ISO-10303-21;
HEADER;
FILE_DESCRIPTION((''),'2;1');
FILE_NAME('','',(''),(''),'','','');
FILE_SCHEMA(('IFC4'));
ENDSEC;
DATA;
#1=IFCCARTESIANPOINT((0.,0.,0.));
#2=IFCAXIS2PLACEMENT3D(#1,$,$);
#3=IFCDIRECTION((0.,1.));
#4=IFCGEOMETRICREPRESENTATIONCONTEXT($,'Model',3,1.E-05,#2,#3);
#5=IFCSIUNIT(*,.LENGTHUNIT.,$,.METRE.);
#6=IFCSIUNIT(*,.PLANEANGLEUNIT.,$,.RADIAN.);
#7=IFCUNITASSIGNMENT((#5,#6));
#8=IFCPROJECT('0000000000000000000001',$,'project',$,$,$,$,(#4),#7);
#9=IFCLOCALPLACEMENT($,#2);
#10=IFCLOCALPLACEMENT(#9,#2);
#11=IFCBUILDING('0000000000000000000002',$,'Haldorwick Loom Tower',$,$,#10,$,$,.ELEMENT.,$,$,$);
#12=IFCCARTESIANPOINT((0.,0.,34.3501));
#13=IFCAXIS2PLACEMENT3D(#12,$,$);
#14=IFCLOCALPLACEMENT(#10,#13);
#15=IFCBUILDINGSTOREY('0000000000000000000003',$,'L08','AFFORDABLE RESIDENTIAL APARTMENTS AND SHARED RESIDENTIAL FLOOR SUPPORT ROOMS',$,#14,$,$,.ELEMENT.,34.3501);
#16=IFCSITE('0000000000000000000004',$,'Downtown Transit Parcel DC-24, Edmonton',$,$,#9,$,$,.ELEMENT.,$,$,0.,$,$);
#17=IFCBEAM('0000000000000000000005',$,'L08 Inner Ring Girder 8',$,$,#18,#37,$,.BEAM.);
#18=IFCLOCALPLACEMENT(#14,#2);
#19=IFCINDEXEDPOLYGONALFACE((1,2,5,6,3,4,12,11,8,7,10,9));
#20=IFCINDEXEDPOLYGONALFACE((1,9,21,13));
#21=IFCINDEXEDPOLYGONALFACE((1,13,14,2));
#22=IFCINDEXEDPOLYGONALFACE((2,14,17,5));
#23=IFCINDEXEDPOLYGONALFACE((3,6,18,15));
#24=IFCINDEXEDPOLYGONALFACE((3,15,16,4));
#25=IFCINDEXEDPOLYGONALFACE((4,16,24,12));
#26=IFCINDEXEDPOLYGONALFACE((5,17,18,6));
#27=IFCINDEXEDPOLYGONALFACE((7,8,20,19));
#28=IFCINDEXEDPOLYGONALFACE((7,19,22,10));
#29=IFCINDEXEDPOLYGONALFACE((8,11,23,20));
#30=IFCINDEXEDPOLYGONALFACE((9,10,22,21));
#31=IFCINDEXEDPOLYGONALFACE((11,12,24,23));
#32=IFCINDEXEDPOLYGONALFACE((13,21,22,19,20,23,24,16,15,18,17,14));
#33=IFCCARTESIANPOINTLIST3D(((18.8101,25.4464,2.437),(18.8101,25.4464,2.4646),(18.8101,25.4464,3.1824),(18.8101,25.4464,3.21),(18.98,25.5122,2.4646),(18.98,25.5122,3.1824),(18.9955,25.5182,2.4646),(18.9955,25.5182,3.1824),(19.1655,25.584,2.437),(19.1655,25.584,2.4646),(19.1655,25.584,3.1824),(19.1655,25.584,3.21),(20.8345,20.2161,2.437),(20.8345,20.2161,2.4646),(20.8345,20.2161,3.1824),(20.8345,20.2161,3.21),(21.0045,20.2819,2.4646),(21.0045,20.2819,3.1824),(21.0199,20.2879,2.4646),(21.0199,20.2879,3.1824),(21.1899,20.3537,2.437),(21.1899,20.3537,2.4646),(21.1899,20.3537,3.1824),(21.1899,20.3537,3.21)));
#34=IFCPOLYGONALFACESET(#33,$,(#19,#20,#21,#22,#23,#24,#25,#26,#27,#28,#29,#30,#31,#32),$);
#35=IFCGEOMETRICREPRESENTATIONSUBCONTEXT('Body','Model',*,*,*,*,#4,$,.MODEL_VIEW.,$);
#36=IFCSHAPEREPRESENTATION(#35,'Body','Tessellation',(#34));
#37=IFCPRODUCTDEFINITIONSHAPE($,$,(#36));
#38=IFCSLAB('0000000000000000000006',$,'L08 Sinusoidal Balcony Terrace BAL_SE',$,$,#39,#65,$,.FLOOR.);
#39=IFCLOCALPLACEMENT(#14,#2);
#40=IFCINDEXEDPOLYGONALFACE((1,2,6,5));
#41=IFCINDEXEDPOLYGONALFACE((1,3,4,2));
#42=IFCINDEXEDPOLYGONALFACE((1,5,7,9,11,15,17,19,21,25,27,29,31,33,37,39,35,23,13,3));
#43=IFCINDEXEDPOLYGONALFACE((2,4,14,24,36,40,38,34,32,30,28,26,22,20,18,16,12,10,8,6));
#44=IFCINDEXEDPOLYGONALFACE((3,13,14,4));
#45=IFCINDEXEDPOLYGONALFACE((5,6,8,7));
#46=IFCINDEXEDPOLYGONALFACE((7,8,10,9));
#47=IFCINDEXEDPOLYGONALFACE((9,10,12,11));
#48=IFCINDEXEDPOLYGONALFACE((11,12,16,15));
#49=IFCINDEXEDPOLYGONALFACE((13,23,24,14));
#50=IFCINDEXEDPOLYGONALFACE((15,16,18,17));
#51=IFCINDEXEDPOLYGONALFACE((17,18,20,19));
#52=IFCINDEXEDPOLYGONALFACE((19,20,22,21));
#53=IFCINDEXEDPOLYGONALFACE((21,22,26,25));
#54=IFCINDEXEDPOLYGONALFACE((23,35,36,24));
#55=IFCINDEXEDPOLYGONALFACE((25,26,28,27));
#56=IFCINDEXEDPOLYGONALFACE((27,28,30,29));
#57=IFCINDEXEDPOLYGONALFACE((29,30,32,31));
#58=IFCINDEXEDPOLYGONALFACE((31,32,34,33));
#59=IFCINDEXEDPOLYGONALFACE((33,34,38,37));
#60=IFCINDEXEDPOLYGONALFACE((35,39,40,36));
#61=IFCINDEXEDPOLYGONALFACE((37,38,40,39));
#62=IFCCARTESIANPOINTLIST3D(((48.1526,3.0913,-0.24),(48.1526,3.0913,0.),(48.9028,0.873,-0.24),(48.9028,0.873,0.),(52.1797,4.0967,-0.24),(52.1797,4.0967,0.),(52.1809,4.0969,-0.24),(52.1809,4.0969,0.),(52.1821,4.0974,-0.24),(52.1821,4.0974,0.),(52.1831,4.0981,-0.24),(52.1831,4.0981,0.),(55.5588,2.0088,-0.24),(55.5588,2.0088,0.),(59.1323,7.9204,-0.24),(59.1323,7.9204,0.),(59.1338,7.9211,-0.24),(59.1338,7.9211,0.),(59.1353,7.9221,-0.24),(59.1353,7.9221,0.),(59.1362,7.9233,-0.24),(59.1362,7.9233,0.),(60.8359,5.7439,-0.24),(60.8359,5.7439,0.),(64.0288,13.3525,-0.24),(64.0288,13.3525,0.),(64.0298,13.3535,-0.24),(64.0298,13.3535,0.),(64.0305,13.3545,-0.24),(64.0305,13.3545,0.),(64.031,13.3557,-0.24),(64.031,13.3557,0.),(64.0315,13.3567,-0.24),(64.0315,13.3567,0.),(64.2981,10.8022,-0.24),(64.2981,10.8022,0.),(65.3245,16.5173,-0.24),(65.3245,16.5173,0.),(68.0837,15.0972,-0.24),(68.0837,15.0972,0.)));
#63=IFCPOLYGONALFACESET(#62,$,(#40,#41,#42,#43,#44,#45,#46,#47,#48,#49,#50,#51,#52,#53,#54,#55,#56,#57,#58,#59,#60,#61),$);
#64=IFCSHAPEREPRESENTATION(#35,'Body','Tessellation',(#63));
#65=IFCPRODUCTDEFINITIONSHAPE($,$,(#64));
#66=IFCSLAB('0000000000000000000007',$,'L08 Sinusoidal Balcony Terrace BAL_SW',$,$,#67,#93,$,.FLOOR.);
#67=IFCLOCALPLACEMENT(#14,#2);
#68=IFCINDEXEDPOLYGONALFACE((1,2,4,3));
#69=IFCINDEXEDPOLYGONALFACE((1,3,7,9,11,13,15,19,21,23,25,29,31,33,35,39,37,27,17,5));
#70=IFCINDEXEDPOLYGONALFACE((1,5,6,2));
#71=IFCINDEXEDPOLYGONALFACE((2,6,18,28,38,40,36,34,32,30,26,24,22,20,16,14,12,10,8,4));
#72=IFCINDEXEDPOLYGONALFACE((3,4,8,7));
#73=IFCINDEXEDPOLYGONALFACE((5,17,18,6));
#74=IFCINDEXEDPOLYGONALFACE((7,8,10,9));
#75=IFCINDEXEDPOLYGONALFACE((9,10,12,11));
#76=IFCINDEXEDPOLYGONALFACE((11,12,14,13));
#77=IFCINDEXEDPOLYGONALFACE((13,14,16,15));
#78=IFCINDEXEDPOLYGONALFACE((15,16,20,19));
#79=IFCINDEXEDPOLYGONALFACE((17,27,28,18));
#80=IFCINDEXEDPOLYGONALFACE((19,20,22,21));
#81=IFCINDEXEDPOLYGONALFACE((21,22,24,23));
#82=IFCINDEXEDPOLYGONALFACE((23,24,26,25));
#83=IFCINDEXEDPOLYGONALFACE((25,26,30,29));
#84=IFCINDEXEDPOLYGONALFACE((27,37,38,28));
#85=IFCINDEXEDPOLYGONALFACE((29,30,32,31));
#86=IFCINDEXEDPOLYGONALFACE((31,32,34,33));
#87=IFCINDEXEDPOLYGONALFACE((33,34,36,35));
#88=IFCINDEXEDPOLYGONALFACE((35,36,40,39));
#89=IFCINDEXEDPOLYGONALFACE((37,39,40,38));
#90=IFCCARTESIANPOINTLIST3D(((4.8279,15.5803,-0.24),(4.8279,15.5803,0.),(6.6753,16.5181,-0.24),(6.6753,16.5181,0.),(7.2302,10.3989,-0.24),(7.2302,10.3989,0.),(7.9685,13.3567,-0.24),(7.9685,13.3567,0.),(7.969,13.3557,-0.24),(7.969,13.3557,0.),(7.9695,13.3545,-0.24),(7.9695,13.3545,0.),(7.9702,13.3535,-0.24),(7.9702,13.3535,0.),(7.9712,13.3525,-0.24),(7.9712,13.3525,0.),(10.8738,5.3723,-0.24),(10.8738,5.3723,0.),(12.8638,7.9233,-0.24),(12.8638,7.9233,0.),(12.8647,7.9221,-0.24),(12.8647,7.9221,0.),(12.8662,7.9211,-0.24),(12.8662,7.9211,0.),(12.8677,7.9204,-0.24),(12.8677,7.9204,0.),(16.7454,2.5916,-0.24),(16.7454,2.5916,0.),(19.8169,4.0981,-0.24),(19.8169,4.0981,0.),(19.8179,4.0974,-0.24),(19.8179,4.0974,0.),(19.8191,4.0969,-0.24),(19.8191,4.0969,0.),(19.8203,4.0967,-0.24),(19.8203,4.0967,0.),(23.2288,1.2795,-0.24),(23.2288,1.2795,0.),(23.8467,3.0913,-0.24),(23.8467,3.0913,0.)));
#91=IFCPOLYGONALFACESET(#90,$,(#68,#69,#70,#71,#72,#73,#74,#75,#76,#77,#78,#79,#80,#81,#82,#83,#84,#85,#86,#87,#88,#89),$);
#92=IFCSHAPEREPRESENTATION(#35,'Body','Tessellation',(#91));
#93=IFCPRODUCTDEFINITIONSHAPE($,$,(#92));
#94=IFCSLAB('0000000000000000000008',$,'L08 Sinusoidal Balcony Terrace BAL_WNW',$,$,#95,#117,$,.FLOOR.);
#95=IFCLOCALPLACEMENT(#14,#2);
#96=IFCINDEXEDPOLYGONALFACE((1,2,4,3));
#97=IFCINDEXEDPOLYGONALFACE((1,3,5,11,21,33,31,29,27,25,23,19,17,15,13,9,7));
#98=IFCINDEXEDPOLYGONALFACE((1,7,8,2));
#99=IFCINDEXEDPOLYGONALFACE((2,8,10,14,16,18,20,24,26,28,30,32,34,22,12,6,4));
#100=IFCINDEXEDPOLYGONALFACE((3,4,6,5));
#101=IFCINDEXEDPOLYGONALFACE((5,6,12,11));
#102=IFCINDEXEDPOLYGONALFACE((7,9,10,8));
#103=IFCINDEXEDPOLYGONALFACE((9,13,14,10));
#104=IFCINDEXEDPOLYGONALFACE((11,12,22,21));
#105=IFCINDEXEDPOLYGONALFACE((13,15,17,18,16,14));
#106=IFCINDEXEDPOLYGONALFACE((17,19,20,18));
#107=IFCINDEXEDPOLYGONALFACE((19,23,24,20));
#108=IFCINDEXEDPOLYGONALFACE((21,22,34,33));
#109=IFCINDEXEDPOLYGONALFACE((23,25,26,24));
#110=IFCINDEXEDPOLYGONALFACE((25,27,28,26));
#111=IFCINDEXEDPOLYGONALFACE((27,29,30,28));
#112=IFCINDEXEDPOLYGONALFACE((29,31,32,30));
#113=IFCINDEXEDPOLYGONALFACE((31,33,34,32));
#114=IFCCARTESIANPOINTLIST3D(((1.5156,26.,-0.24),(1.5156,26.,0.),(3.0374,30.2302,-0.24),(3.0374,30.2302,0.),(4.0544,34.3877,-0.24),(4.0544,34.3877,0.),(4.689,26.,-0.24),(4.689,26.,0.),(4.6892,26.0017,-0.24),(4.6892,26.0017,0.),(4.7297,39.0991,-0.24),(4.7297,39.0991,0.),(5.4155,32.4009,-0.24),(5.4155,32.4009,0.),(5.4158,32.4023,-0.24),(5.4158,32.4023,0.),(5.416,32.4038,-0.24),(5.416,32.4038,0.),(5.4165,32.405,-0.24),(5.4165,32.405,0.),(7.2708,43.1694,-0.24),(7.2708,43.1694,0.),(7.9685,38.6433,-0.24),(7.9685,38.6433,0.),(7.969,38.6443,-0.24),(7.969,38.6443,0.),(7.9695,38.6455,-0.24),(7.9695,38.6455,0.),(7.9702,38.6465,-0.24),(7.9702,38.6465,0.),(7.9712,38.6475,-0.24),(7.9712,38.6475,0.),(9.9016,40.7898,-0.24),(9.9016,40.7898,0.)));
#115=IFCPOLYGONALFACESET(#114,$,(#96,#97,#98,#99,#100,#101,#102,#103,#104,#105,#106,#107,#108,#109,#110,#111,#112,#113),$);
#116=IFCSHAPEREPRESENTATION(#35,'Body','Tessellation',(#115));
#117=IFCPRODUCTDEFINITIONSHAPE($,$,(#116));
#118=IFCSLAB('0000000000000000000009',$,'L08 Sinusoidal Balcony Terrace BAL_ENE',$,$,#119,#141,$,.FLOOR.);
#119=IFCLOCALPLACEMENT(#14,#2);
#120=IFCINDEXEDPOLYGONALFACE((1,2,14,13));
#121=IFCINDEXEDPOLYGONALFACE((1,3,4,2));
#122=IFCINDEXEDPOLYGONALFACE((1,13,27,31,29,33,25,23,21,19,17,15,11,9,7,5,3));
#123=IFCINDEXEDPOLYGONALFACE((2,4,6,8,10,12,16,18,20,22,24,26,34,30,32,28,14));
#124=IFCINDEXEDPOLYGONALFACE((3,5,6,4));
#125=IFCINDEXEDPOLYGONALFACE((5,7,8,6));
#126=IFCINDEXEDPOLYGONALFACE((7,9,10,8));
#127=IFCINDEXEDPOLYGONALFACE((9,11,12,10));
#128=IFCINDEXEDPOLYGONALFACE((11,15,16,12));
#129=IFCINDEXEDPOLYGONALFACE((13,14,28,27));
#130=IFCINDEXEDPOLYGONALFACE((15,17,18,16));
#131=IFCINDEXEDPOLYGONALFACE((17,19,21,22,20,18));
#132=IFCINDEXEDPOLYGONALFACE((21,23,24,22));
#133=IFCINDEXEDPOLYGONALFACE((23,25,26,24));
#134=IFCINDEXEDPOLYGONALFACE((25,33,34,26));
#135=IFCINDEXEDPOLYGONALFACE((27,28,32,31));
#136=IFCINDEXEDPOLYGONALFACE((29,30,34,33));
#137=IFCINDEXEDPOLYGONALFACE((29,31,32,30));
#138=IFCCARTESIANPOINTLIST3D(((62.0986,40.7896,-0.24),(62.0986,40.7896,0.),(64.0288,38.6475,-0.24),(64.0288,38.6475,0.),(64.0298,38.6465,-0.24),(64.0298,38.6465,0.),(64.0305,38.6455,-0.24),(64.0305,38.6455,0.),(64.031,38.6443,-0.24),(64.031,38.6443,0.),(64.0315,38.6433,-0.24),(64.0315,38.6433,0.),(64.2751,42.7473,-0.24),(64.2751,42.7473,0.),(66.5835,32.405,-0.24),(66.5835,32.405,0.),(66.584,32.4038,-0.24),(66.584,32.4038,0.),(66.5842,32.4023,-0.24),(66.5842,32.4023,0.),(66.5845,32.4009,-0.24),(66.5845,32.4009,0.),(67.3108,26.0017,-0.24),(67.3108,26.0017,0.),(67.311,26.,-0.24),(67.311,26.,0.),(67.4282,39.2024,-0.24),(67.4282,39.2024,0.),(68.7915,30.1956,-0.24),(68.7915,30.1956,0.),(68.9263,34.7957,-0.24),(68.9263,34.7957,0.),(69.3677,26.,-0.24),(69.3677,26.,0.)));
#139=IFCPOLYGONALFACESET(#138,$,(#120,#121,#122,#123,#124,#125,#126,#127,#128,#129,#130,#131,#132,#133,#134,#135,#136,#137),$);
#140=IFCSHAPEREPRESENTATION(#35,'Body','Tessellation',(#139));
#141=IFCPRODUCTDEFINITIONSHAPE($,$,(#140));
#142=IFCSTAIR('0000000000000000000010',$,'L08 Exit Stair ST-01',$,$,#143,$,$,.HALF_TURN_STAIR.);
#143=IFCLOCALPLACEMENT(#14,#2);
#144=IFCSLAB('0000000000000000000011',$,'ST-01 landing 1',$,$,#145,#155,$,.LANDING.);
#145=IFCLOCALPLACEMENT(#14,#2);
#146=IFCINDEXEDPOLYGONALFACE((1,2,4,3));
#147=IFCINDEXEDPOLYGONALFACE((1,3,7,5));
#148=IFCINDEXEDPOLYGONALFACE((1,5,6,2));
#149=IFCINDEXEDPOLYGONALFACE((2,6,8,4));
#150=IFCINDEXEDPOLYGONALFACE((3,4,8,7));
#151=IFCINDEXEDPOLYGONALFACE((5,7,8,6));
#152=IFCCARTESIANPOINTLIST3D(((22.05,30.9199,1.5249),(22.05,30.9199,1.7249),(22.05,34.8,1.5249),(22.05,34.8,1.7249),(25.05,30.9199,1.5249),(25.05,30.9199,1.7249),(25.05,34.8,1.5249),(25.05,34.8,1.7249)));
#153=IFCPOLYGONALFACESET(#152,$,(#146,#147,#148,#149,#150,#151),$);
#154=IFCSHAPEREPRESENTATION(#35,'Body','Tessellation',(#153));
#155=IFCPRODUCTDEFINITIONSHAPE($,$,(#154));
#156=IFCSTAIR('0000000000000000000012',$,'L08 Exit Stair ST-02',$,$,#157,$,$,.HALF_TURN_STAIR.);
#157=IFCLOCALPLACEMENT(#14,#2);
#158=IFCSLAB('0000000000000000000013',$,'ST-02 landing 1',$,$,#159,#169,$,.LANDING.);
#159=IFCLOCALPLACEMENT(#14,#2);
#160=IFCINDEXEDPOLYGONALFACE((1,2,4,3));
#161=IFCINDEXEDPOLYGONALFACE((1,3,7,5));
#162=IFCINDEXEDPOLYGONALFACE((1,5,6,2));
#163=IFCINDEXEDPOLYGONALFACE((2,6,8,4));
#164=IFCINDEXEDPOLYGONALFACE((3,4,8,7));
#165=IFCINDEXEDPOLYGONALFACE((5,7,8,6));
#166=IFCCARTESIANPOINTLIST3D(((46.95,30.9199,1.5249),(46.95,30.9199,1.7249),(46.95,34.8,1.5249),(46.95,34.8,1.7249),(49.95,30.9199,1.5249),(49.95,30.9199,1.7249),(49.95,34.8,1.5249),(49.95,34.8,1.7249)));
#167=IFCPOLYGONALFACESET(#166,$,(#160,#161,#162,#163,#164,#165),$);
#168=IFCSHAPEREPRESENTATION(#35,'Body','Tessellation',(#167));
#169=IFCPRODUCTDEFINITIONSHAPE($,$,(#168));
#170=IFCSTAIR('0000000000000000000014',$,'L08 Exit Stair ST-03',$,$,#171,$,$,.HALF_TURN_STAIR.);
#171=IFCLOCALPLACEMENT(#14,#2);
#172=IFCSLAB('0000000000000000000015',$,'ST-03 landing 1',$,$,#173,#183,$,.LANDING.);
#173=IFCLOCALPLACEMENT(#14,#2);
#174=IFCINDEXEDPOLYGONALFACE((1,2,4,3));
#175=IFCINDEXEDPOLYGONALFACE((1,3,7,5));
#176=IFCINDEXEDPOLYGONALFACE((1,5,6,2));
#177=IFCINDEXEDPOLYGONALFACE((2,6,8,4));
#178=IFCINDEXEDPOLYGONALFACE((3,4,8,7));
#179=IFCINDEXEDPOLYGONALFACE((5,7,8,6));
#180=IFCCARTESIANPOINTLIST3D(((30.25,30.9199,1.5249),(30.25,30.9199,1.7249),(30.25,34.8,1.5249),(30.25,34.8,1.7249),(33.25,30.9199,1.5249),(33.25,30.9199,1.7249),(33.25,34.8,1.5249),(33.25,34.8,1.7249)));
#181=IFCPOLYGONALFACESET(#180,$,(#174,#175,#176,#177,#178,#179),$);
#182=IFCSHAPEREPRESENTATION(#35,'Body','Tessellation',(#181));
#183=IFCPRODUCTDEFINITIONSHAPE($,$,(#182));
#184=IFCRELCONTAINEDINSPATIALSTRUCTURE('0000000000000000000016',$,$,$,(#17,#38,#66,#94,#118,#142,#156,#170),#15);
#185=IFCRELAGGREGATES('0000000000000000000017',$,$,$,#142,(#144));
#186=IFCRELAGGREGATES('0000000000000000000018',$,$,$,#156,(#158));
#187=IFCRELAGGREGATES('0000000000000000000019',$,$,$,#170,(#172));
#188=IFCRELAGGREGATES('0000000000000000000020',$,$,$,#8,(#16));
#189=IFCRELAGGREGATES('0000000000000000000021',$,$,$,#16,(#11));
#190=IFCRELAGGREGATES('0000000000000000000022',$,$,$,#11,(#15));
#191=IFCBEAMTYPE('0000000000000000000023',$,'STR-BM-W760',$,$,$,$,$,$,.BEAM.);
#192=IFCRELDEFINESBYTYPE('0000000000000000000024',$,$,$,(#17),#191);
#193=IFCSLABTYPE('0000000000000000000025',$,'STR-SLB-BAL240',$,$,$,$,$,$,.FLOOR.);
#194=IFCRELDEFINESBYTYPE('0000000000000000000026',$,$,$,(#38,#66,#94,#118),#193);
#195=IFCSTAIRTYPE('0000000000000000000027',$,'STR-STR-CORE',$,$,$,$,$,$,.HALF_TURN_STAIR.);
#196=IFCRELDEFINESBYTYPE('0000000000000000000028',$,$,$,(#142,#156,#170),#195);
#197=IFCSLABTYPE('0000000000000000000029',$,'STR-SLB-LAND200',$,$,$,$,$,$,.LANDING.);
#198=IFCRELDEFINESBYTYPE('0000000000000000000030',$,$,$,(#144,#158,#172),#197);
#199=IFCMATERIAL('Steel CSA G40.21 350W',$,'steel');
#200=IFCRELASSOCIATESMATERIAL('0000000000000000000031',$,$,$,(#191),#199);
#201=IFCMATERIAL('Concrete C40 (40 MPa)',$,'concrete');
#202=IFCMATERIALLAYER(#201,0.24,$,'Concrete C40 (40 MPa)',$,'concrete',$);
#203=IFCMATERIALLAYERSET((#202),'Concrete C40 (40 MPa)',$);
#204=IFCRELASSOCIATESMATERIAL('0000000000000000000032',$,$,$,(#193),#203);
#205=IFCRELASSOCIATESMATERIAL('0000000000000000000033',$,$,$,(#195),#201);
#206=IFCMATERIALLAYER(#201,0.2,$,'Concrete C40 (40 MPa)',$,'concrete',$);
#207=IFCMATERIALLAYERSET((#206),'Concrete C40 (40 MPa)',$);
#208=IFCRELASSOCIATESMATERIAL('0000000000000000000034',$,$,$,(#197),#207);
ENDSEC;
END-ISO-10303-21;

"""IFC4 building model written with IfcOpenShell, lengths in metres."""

from ifc_helpers import new_model, si_unit, direction, frame, origin, origin_2d, place, context, subcontext, project, spatial, polyline, i_section, outline, extrude, material, layer, layer_set, material_profile, profile_set, type_object, element, aggregate, save


model = new_model("IFC4")

# Units and contexts
model_context = context("Model", 3, precision=1e-05, world=origin(), true_north=direction((0.0, 1.0)))
body_context = subcontext(model_context, "Body", "Model", "MODEL_VIEW")
ifc_project = project(units=[si_unit("LENGTHUNIT", "METRE"), si_unit("PLANEANGLEUNIT", "RADIAN")], contexts=[model_context])

# Site, building, storey
site_placement = place(None, origin())
site = spatial("IfcSite", under=ifc_project, at=site_placement, Name="Downtown Transit Parcel DC-24, Edmonton", CompositionType="ELEMENT", RefElevation=0.0)
building_placement = place(site_placement, origin())
building = spatial("IfcBuilding", under=site, at=building_placement, Name="Haldorwick Loom Tower", CompositionType="ELEMENT")
storey_placement = place(building_placement, frame((0.0, 0.0, 34.3501)))
storey = spatial("IfcBuildingStorey", under=building, at=storey_placement, Name="L08", Description="AFFORDABLE RESIDENTIAL APARTMENTS AND SHARED RESIDENTIAL FLOOR SUPPORT ROOMS", CompositionType="ELEMENT", Elevation=34.3501)

# Beam
ifc_material_1 = material(Name="Steel CSA G40.21 350W", Category="steel")
ifc_material_profile_1 = material_profile(ifc_material_1, i_section(OverallWidth=0.3811, OverallDepth=0.7729, WebThickness=0.0166, FlangeThickness=0.0276, at=origin_2d()), Name="W760X257", Category="steel")
ifc_profile_set_1 = profile_set([ifc_material_profile_1], Name="Steel CSA G40.21 350W")
beam_type_1 = type_object("IfcBeamType", Name="STR-BM-W760", PredefinedType="BEAM", material=ifc_profile_set_1)
beam_1_placement = place(storey_placement, frame((21.0122, 20.2849, 2.8235), z_axis=(-0.360965, 0.932579, 0.0), x_axis=(-0.932579, -0.360965, 0.0)))
element("IfcBeam", 1, at=beam_1_placement, inside=storey, type_object=beam_type_1, Name="L08 Inner Ring Girder 8", PredefinedType="BEAM", context=body_context, shape_type="SweptSolid", body=[
    extrude(i_section(OverallWidth=0.3811, OverallDepth=0.7729, WebThickness=0.0166, FlangeThickness=0.0276, at=origin_2d()), origin(), (0.0, 0.0, 1.0), 5.6084),
])

# Slabs
ifc_material_2 = material(Name="Concrete C40 (40 MPa)", Category="concrete")
ifc_layer_1 = layer(ifc_material_2, 0.24, Name="Concrete C40 (40 MPa)", Category="concrete")
ifc_layer_set_1 = layer_set([ifc_layer_1], Name="Concrete C40 (40 MPa)")
slab_type_1 = type_object("IfcSlabType", Name="STR-SLB-BAL240", PredefinedType="FLOOR", material=ifc_layer_set_1)
slab_1_placement = place(storey_placement, frame((0.0, 0.0, -0.24)))
element("IfcSlab", 2, at=slab_1_placement, inside=storey, type_object=slab_type_1, Name="L08 Sinusoidal Balcony Terrace BAL_SE", PredefinedType="FLOOR", context=body_context, shape_type="SweptSolid", body=[
    extrude(outline(polyline([(65.3245, 16.5173), (64.0315, 13.3567), (64.031, 13.3557), (64.0305, 13.3545), (64.0298, 13.3535), (64.0288, 13.3525), (59.1362, 7.9233), (59.1353, 7.9221), (59.1338, 7.9211), (59.1323, 7.9204), (52.1831, 4.0981), (52.1821, 4.0974), (52.1809, 4.0969), (52.1797, 4.0967), (48.1526, 3.0913), (48.9028, 0.873), (55.5588, 2.0088), (60.8359, 5.7439), (64.2981, 10.8022), (68.0837, 15.0972), (65.3245, 16.5173)])), origin(), (0.0, 0.0, 1.0), 0.24),
])
slab_2_placement = place(storey_placement, frame((0.0, 0.0, -0.24)))
element("IfcSlab", 3, at=slab_2_placement, inside=storey, type_object=slab_type_1, Name="L08 Sinusoidal Balcony Terrace BAL_SW", PredefinedType="FLOOR", context=body_context, shape_type="SweptSolid", body=[
    extrude(outline(polyline([(23.8467, 3.0913), (19.8203, 4.0967), (19.8191, 4.0969), (19.8179, 4.0974), (19.8169, 4.0981), (12.8677, 7.9204), (12.8662, 7.9211), (12.8647, 7.9221), (12.8638, 7.9233), (7.9712, 13.3525), (7.9702, 13.3535), (7.9695, 13.3545), (7.969, 13.3557), (7.9685, 13.3567), (6.6753, 16.5181), (4.8279, 15.5803), (7.2302, 10.3989), (10.8738, 5.3723), (16.7454, 2.5916), (23.2288, 1.2795), (23.8467, 3.0913)])), origin(), (0.0, 0.0, 1.0), 0.24),
])
slab_3_placement = place(storey_placement, frame((0.0, 0.0, -0.24)))
element("IfcSlab", 4, at=slab_3_placement, inside=storey, type_object=slab_type_1, Name="L08 Sinusoidal Balcony Terrace BAL_WNW", PredefinedType="FLOOR", context=body_context, shape_type="SweptSolid", body=[
    extrude(outline(polyline([(4.689, 26.0), (4.6892, 26.0017), (5.4155, 32.4009), (5.4158, 32.4023), (5.416, 32.4038), (5.4165, 32.405), (7.9685, 38.6433), (7.969, 38.6443), (7.9695, 38.6455), (7.9702, 38.6465), (7.9712, 38.6475), (9.9016, 40.7898), (7.2708, 43.1694), (4.7297, 39.0991), (4.0544, 34.3877), (3.0374, 30.2302), (1.5156, 26.0), (4.689, 26.0)])), origin(), (0.0, 0.0, 1.0), 0.24),
])
slab_4_placement = place(storey_placement, frame((0.0, 0.0, -0.24)))
element("IfcSlab", 5, at=slab_4_placement, inside=storey, type_object=slab_type_1, Name="L08 Sinusoidal Balcony Terrace BAL_ENE", PredefinedType="FLOOR", context=body_context, shape_type="SweptSolid", body=[
    extrude(outline(polyline([(62.0986, 40.7896), (64.0288, 38.6475), (64.0298, 38.6465), (64.0305, 38.6455), (64.031, 38.6443), (64.0315, 38.6433), (66.5835, 32.405), (66.584, 32.4038), (66.5842, 32.4023), (66.5845, 32.4009), (67.3108, 26.0017), (67.311, 26.0), (69.3677, 26.0), (68.7915, 30.1956), (68.9263, 34.7957), (67.4282, 39.2024), (64.2751, 42.7473), (62.0986, 40.7896)])), origin(), (0.0, 0.0, 1.0), 0.24),
])

# Stairs, slabs
stair_type = type_object("IfcStairType", Name="STR-STR-CORE", PredefinedType="HALF_TURN_STAIR", material=ifc_material_2)
stair_1_placement = place(storey_placement, origin())
stair_1 = element("IfcStair", 6, at=stair_1_placement, inside=storey, type_object=stair_type, Name="L08 Exit Stair ST-01", PredefinedType="HALF_TURN_STAIR")
ifc_layer_2 = layer(ifc_material_2, 0.2, Name="Concrete C40 (40 MPa)", Category="concrete")
ifc_layer_set_2 = layer_set([ifc_layer_2], Name="Concrete C40 (40 MPa)")
slab_type_2 = type_object("IfcSlabType", Name="STR-SLB-LAND200", PredefinedType="LANDING", material=ifc_layer_set_2)
slab_5_placement = place(storey_placement, frame((0.0, 0.0, 1.5249)))
slab_5 = element("IfcSlab", 7, at=slab_5_placement, type_object=slab_type_2, Name="ST-01 landing 1", PredefinedType="LANDING", context=body_context, shape_type="SweptSolid", body=[
    extrude(outline(polyline([(25.05, 30.9199), (25.05, 34.8), (22.05, 34.8), (22.05, 30.9199), (25.05, 30.9199)])), origin(), (0.0, 0.0, 1.0), 0.2),
])
aggregate(stair_1, [slab_5])
stair_2_placement = place(storey_placement, origin())
stair_2 = element("IfcStair", 8, at=stair_2_placement, inside=storey, type_object=stair_type, Name="L08 Exit Stair ST-02", PredefinedType="HALF_TURN_STAIR")
slab_6_placement = place(storey_placement, frame((0.0, 0.0, 1.5249)))
slab_6 = element("IfcSlab", 9, at=slab_6_placement, type_object=slab_type_2, Name="ST-02 landing 1", PredefinedType="LANDING", context=body_context, shape_type="SweptSolid", body=[
    extrude(outline(polyline([(49.95, 30.9199), (49.95, 34.8), (46.95, 34.8), (46.95, 30.9199), (49.95, 30.9199)])), origin(), (0.0, 0.0, 1.0), 0.2),
])
aggregate(stair_2, [slab_6])
stair_3_placement = place(storey_placement, origin())
stair_3 = element("IfcStair", 10, at=stair_3_placement, inside=storey, type_object=stair_type, Name="L08 Exit Stair ST-03", PredefinedType="HALF_TURN_STAIR")
slab_7_placement = place(storey_placement, frame((0.0, 0.0, 1.5249)))
slab_7 = element("IfcSlab", 11, at=slab_7_placement, type_object=slab_type_2, Name="ST-03 landing 1", PredefinedType="LANDING", context=body_context, shape_type="SweptSolid", body=[
    extrude(outline(polyline([(33.25, 30.9199), (33.25, 34.8), (30.25, 34.8), (30.25, 30.9199), (33.25, 30.9199)])), origin(), (0.0, 0.0, 1.0), 0.2),
])
aggregate(stair_3, [slab_7])

save(model, "model.ifc")
